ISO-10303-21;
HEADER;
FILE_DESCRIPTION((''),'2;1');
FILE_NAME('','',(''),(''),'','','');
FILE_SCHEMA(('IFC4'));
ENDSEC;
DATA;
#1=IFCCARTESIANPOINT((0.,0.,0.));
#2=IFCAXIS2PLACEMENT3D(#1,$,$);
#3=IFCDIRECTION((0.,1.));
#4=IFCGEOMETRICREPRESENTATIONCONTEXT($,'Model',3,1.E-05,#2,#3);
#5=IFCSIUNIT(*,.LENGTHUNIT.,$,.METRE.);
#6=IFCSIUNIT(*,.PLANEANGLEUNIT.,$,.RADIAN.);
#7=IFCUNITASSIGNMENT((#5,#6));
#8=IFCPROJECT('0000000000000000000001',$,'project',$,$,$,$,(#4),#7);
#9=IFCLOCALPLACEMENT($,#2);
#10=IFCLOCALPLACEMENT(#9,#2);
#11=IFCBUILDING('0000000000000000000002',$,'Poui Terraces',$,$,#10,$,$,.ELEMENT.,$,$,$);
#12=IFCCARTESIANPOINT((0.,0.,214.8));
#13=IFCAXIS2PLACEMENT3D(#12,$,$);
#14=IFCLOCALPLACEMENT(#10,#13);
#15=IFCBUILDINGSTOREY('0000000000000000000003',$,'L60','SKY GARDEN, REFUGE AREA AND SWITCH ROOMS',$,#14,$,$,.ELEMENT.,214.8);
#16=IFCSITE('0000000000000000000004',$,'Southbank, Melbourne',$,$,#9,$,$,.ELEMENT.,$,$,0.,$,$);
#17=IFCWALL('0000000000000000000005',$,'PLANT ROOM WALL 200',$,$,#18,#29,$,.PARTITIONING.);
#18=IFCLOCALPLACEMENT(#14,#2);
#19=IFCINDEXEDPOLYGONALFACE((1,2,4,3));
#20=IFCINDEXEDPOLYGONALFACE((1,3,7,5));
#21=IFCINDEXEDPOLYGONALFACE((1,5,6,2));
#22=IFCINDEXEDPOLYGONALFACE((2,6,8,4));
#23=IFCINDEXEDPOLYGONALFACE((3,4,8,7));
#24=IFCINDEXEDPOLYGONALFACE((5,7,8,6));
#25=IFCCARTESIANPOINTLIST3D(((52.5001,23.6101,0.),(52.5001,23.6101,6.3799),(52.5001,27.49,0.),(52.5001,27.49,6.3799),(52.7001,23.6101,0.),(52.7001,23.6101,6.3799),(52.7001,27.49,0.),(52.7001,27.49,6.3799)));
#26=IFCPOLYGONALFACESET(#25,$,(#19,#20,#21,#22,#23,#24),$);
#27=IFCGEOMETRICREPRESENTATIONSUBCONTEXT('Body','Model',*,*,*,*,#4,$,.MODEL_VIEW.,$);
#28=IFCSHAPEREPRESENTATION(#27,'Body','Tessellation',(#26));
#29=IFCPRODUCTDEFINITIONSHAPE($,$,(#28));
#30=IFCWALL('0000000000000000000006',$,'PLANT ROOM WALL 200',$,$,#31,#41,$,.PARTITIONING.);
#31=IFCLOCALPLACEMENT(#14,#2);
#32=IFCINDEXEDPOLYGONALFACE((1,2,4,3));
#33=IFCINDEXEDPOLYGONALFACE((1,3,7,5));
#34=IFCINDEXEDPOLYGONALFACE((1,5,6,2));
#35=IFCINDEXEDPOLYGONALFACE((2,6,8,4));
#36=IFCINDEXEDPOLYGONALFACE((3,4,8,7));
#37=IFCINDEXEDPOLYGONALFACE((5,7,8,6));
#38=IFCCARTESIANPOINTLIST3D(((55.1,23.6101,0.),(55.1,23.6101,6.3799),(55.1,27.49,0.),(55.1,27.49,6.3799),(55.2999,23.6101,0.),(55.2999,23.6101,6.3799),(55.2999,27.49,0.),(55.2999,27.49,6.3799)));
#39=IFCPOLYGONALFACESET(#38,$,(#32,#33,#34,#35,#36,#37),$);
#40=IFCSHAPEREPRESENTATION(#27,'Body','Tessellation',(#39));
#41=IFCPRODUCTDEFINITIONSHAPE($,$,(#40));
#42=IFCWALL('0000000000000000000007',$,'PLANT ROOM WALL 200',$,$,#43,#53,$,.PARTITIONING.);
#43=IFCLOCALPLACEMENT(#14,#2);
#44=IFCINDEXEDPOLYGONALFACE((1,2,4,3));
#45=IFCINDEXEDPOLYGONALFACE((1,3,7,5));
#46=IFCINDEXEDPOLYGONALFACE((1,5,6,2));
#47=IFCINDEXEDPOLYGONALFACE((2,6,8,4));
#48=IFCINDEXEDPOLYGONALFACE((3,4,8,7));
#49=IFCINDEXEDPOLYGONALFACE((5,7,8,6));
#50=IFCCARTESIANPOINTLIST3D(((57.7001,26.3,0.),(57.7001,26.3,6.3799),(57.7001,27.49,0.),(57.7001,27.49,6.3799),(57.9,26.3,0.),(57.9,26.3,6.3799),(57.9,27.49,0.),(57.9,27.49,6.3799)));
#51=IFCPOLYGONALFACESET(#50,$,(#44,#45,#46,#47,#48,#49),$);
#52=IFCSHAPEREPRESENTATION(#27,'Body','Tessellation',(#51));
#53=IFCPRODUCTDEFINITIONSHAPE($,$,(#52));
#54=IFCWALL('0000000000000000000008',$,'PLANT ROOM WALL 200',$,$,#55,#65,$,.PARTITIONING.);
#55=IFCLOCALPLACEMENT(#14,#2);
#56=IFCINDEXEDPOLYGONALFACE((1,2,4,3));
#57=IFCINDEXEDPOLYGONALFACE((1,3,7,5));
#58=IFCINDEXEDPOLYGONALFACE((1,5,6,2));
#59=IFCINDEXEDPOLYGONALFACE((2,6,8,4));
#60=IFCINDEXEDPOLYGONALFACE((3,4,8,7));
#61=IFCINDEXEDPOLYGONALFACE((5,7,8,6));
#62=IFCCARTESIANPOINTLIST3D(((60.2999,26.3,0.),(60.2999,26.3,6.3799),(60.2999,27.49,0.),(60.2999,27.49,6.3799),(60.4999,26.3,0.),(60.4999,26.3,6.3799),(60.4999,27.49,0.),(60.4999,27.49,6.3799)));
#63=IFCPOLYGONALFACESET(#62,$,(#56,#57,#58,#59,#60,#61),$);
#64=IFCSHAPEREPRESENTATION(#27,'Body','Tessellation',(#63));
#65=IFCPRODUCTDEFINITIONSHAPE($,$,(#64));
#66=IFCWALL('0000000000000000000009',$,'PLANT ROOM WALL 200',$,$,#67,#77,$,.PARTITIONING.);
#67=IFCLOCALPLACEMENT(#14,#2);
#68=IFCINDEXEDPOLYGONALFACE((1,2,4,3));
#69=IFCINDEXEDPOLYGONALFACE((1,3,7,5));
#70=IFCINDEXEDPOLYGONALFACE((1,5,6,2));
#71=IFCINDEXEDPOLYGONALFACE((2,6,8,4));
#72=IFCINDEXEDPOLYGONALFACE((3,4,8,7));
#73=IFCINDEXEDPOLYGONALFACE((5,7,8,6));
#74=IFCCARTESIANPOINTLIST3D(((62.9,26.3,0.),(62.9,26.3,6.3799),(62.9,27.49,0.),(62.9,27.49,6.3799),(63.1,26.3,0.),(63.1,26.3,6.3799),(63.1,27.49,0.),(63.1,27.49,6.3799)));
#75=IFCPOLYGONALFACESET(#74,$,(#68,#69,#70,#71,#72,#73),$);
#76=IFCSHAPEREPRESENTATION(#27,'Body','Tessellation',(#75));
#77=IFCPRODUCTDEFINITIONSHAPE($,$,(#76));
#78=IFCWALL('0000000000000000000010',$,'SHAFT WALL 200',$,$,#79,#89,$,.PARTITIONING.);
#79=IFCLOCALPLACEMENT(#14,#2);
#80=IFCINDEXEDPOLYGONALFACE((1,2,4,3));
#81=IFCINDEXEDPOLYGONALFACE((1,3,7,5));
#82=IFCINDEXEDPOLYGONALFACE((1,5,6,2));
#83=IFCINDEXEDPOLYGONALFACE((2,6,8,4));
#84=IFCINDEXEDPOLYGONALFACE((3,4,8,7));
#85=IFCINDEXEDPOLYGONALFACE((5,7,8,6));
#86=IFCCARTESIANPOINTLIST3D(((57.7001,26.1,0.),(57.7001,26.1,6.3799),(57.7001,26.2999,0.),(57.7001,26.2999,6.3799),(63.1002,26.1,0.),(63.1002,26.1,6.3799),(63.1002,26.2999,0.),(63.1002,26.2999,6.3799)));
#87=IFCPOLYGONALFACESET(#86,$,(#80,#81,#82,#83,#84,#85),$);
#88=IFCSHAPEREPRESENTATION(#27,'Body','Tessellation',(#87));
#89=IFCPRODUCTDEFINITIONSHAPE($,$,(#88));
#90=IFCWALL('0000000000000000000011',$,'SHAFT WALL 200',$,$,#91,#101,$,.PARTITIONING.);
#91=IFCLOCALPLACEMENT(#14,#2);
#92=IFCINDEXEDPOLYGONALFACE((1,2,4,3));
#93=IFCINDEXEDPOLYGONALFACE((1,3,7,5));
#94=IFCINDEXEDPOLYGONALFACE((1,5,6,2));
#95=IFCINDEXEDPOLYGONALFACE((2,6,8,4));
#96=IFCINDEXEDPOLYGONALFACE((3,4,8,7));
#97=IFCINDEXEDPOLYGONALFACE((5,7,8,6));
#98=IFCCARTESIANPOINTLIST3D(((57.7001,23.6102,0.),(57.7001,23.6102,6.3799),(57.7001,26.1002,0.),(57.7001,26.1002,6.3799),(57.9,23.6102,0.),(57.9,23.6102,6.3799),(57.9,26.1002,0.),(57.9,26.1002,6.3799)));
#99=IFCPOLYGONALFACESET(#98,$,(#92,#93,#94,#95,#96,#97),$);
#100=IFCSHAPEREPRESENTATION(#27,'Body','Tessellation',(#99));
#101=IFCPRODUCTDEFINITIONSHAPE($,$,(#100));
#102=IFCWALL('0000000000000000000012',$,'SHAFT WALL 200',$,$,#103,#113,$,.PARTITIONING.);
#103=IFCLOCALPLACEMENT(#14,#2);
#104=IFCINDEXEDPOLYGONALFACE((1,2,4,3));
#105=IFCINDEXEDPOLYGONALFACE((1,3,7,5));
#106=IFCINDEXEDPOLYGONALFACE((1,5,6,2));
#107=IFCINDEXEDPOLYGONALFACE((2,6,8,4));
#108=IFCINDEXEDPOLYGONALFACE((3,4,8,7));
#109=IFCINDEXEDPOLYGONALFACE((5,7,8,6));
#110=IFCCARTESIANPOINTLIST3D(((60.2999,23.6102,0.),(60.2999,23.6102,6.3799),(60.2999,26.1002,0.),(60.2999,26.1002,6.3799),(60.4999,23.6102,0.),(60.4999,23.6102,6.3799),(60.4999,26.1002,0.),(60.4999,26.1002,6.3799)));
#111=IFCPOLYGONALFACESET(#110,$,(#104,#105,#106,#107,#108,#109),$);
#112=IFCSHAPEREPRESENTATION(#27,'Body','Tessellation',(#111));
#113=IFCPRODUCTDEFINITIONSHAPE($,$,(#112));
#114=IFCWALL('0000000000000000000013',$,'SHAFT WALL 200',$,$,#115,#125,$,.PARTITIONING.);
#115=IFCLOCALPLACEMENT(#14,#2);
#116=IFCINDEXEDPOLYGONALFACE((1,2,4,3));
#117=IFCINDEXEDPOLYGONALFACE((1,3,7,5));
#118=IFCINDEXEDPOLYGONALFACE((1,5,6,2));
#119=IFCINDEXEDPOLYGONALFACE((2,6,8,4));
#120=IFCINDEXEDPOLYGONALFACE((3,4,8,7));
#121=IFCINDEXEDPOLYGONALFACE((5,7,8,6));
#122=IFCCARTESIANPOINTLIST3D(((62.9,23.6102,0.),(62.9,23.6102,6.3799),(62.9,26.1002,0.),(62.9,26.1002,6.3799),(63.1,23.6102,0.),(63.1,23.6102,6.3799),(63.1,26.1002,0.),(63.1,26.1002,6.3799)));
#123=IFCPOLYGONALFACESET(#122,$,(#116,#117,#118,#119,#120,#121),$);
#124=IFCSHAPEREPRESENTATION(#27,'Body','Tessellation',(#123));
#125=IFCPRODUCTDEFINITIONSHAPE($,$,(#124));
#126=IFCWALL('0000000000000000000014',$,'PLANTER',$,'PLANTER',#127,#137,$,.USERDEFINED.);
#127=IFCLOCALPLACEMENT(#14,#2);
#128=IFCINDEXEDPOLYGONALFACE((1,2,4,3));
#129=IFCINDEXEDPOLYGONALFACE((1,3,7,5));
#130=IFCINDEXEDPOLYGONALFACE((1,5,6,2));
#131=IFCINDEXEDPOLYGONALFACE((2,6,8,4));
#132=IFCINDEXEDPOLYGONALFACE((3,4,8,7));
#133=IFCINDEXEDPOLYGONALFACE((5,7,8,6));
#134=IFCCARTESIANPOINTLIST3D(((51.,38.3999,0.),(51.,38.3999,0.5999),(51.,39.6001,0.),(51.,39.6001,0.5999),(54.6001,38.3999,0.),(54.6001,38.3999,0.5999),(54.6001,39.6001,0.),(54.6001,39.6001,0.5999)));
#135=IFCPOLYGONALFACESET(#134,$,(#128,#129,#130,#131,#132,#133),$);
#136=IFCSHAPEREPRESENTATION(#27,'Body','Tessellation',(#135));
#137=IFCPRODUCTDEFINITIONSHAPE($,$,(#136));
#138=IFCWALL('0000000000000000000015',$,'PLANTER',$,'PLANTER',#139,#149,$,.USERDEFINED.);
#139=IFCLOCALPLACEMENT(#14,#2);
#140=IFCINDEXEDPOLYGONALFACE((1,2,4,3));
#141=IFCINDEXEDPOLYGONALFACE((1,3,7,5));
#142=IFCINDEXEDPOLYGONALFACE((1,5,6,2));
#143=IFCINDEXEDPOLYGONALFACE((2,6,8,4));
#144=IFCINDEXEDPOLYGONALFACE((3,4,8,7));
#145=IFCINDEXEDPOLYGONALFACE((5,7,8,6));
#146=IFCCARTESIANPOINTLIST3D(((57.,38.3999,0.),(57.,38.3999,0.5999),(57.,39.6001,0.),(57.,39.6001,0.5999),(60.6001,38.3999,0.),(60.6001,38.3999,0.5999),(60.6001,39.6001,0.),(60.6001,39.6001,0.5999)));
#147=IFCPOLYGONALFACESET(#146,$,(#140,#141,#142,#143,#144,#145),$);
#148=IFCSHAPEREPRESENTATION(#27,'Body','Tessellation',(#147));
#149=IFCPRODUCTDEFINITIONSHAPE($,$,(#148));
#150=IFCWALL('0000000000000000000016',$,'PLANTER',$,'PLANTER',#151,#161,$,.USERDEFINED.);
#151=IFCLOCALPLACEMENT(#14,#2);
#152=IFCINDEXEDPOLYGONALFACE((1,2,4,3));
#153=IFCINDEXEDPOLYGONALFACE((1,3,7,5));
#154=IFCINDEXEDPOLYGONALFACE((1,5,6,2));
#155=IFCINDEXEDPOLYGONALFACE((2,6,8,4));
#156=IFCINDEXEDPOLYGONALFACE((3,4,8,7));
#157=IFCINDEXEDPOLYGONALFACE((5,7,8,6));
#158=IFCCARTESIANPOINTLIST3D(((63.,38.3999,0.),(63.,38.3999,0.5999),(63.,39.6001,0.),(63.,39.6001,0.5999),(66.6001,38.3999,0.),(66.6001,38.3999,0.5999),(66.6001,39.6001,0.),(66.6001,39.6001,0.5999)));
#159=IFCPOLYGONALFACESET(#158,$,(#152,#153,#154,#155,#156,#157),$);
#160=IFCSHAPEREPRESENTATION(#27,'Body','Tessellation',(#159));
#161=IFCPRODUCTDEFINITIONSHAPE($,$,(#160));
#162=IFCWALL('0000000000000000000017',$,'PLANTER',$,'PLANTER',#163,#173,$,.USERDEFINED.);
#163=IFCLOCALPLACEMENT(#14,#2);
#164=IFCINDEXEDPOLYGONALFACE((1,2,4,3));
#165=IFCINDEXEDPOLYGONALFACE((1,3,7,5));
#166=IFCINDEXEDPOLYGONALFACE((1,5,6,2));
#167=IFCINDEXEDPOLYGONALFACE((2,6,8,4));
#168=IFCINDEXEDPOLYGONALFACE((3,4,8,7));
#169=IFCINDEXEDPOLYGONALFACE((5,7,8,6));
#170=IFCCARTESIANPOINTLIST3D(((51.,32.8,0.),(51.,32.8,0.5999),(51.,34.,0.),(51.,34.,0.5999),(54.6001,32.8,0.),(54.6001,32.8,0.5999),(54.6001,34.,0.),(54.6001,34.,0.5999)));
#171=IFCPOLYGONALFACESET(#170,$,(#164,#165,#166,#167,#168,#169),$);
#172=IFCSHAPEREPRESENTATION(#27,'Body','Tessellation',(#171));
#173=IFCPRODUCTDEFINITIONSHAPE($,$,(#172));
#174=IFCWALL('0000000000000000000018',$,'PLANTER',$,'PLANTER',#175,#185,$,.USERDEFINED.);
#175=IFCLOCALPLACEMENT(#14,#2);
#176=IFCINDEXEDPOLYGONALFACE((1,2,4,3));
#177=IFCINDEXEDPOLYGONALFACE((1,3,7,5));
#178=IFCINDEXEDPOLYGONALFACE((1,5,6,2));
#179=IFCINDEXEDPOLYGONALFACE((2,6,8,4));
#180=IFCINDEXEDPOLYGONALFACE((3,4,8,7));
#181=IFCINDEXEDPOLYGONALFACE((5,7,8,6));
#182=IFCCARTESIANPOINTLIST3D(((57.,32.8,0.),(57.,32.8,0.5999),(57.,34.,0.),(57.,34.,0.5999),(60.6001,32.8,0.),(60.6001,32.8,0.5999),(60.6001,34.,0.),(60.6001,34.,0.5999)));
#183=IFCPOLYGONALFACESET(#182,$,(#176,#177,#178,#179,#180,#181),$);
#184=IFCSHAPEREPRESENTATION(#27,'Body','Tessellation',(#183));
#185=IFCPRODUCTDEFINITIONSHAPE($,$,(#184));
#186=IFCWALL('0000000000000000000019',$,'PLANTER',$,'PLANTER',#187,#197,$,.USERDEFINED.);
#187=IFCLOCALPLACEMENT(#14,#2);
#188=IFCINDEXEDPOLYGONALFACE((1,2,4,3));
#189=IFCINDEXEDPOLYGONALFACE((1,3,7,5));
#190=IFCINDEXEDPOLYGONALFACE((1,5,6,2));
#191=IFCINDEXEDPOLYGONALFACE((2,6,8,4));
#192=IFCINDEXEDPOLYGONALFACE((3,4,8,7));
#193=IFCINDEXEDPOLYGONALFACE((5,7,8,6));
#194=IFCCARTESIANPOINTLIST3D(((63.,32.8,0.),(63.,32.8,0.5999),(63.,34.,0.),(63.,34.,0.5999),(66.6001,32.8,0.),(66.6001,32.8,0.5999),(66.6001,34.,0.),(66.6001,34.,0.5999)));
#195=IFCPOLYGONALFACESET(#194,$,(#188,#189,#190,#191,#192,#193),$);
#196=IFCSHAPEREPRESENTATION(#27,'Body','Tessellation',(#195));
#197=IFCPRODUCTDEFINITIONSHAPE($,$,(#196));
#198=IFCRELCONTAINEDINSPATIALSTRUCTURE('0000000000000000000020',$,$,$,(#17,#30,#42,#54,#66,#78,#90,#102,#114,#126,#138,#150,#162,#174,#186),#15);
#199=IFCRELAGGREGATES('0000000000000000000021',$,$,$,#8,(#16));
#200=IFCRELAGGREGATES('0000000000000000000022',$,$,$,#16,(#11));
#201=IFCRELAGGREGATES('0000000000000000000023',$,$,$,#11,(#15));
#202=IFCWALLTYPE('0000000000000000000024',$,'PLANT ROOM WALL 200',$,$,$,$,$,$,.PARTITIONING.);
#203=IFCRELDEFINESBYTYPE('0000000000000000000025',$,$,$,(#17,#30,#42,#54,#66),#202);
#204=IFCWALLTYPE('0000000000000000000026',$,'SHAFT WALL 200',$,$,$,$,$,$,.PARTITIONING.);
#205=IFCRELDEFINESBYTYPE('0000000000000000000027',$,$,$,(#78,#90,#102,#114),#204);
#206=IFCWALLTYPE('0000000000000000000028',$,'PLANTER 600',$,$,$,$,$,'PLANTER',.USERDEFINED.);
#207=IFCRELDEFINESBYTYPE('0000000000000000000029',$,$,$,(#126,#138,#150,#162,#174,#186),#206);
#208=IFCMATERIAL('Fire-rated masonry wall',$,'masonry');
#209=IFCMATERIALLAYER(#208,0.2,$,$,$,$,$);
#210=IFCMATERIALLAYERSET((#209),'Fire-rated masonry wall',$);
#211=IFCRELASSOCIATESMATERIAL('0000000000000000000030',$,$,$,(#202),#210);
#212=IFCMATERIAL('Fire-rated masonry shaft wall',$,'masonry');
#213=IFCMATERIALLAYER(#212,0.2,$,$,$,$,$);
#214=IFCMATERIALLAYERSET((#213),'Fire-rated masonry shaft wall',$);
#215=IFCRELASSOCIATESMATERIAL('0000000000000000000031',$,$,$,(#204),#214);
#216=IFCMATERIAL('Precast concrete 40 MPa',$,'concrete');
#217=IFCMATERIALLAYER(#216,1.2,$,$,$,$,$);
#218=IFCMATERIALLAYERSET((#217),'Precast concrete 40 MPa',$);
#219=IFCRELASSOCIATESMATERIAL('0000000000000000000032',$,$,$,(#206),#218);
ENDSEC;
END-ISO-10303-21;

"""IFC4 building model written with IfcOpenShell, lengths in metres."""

from ifc_helpers import new_model, si_unit, direction, frame, frame_2d, origin, place, context, subcontext, project, spatial, polyline, rectangle, outline, extrude, source, transform, mapped, material, layer, layer_set, type_object, element, save


model = new_model("IFC4")

# Units and contexts
model_context = context("Model", 3, precision=1e-05, world=origin(), true_north=direction((0.0, 1.0)))
body_context = subcontext(model_context, "Body", "Model", "MODEL_VIEW")
ifc_project = project(units=[si_unit("LENGTHUNIT", "METRE"), si_unit("PLANEANGLEUNIT", "RADIAN")], contexts=[model_context])

# Site, building, storey
site_placement = place(None, origin())
site = spatial("IfcSite", under=ifc_project, at=site_placement, Name="Southbank, Melbourne", CompositionType="ELEMENT", RefElevation=0.0)
building_placement = place(site_placement, origin())
building = spatial("IfcBuilding", under=site, at=building_placement, Name="Poui Terraces", CompositionType="ELEMENT")
storey_placement = place(building_placement, frame((0.0, 0.0, 214.8)))
storey = spatial("IfcBuildingStorey", under=building, at=storey_placement, Name="L60", Description="SKY GARDEN, REFUGE AREA AND SWITCH ROOMS", CompositionType="ELEMENT", Elevation=214.8)

# Walls
ifc_material_1 = material(Name="Fire-rated masonry wall", Category="masonry")
ifc_layer_1 = layer(ifc_material_1, 0.2)
ifc_layer_set_1 = layer_set([ifc_layer_1], Name="Fire-rated masonry wall")
wall_type_1 = type_object("IfcWallType", Name="PLANT ROOM WALL 200", PredefinedType="PARTITIONING", material=ifc_layer_set_1)
for number, where, z_axis, x_axis, name in (
    (1, (52.6001, 23.6101, 0.0), (0.0, 0.0, 1.0), (0.0, 1.0, 0.0), "PLANT ROOM WALL 200"),
    (2, (55.2, 23.6101, 0.0), (0.0, 0.0, 1.0), (0.0, 1.0, 0.0), "PLANT ROOM WALL 200"),
):
    element("IfcWall", number, at=place(storey_placement, frame(where, z_axis=z_axis, x_axis=x_axis)), inside=storey, type_object=wall_type_1, Name=name, PredefinedType="PARTITIONING", context=body_context, shape_type="SweptSolid", body=[
        extrude(rectangle(XDim=3.8799, YDim=0.2, at=frame_2d((1.9399, 0.0))), origin(), (0.0, 0.0, 1.0), 6.3799),
    ])
for number, where, z_axis, x_axis, name in (
    (3, (57.8, 26.3, 0.0), (0.0, 0.0, 1.0), (0.0, 1.0, 0.0), "PLANT ROOM WALL 200"),
    (4, (60.3999, 26.3, 0.0), (0.0, 0.0, 1.0), (0.0, 1.0, 0.0), "PLANT ROOM WALL 200"),
    (5, (63.0, 26.3, 0.0), (0.0, 0.0, 1.0), (0.0, 1.0, 0.0), "PLANT ROOM WALL 200"),
):
    element("IfcWall", number, at=place(storey_placement, frame(where, z_axis=z_axis, x_axis=x_axis)), inside=storey, type_object=wall_type_1, Name=name, PredefinedType="PARTITIONING", context=body_context, shape_type="SweptSolid", body=[
        extrude(rectangle(XDim=1.1899, YDim=0.2, at=frame_2d((0.595, 0.0))), origin(), (0.0, 0.0, 1.0), 6.3799),
    ])
ifc_material_2 = material(Name="Fire-rated masonry shaft wall", Category="masonry")
ifc_layer_2 = layer(ifc_material_2, 0.2)
ifc_layer_set_2 = layer_set([ifc_layer_2], Name="Fire-rated masonry shaft wall")
wall_type_2 = type_object("IfcWallType", Name="SHAFT WALL 200", PredefinedType="PARTITIONING", material=ifc_layer_set_2)
wall_1_placement = place(storey_placement, frame((57.7, 26.2, 0.0), z_axis=(0.0, 0.0, 1.0), x_axis=(1.0, 0.0, 0.0)))
element("IfcWall", 6, at=wall_1_placement, inside=storey, type_object=wall_type_2, Name="SHAFT WALL 200", PredefinedType="PARTITIONING", context=body_context, shape_type="SweptSolid", body=[
    extrude(rectangle(XDim=5.4001, YDim=0.2, at=frame_2d((2.7002, 0.0))), origin(), (0.0, 0.0, 1.0), 6.3799),
])
for number, where, z_axis, x_axis, name in (
    (7, (57.8, 23.6101, 0.0), (0.0, 0.0, 1.0), (0.0, 1.0, 0.0), "SHAFT WALL 200"),
    (8, (60.3999, 23.6101, 0.0), (0.0, 0.0, 1.0), (0.0, 1.0, 0.0), "SHAFT WALL 200"),
    (9, (63.0, 23.6101, 0.0), (0.0, 0.0, 1.0), (0.0, 1.0, 0.0), "SHAFT WALL 200"),
):
    element("IfcWall", number, at=place(storey_placement, frame(where, z_axis=z_axis, x_axis=x_axis)), inside=storey, type_object=wall_type_2, Name=name, PredefinedType="PARTITIONING", context=body_context, shape_type="SweptSolid", body=[
        extrude(rectangle(XDim=2.49, YDim=0.2, at=frame_2d((1.2451, 0.0))), origin(), (0.0, 0.0, 1.0), 6.3799),
    ])
ifc_material_3 = material(Name="Precast concrete 40 MPa", Category="concrete")
ifc_layer_3 = layer(ifc_material_3, 1.2)
ifc_layer_set_3 = layer_set([ifc_layer_3], Name="Precast concrete 40 MPa")
wall_type_3 = type_object("IfcWallType", Name="PLANTER 600", ElementType="PLANTER", PredefinedType="USERDEFINED", material=ifc_layer_set_3)
shared_shape_1 = source(origin(), body_context, "Body", "SweptSolid", [
    extrude(outline(polyline([(0.0, 0.0), (3.6001, 0.0), (3.6001, 1.2002), (0.0, 1.2002), (0.0, 0.0)])), origin(), (0.0, 0.0, 1.0), 0.5999),
])
for number, where, name in (
    (10, (51.0, 38.3999, 0.0), "PLANTER"),
    (11, (57.0, 38.3999, 0.0), "PLANTER"),
    (12, (63.0, 38.3999, 0.0), "PLANTER"),
):
    element("IfcWall", number, at=place(storey_placement, frame(where)), inside=storey, type_object=wall_type_3, Name=name, ObjectType="PLANTER", PredefinedType="USERDEFINED", context=body_context, shape_type="MappedRepresentation", body=[
        mapped(shared_shape_1, transform((0.0, 0.0, 0.0))),
    ])
shared_shape_2 = source(origin(), body_context, "Body", "SweptSolid", [
    extrude(outline(polyline([(0.0, 0.0), (3.6001, 0.0), (3.6001, 1.2), (0.0, 1.2), (0.0, 0.0)])), origin(), (0.0, 0.0, 1.0), 0.5999),
])
for number, where, name in (
    (13, (51.0, 32.8, 0.0), "PLANTER"),
    (14, (57.0, 32.8, 0.0), "PLANTER"),
    (15, (63.0, 32.8, 0.0), "PLANTER"),
):
    element("IfcWall", number, at=place(storey_placement, frame(where)), inside=storey, type_object=wall_type_3, Name=name, ObjectType="PLANTER", PredefinedType="USERDEFINED", context=body_context, shape_type="MappedRepresentation", body=[
        mapped(shared_shape_2, transform((0.0, 0.0, 0.0))),
    ])

save(model, "model.ifc")
